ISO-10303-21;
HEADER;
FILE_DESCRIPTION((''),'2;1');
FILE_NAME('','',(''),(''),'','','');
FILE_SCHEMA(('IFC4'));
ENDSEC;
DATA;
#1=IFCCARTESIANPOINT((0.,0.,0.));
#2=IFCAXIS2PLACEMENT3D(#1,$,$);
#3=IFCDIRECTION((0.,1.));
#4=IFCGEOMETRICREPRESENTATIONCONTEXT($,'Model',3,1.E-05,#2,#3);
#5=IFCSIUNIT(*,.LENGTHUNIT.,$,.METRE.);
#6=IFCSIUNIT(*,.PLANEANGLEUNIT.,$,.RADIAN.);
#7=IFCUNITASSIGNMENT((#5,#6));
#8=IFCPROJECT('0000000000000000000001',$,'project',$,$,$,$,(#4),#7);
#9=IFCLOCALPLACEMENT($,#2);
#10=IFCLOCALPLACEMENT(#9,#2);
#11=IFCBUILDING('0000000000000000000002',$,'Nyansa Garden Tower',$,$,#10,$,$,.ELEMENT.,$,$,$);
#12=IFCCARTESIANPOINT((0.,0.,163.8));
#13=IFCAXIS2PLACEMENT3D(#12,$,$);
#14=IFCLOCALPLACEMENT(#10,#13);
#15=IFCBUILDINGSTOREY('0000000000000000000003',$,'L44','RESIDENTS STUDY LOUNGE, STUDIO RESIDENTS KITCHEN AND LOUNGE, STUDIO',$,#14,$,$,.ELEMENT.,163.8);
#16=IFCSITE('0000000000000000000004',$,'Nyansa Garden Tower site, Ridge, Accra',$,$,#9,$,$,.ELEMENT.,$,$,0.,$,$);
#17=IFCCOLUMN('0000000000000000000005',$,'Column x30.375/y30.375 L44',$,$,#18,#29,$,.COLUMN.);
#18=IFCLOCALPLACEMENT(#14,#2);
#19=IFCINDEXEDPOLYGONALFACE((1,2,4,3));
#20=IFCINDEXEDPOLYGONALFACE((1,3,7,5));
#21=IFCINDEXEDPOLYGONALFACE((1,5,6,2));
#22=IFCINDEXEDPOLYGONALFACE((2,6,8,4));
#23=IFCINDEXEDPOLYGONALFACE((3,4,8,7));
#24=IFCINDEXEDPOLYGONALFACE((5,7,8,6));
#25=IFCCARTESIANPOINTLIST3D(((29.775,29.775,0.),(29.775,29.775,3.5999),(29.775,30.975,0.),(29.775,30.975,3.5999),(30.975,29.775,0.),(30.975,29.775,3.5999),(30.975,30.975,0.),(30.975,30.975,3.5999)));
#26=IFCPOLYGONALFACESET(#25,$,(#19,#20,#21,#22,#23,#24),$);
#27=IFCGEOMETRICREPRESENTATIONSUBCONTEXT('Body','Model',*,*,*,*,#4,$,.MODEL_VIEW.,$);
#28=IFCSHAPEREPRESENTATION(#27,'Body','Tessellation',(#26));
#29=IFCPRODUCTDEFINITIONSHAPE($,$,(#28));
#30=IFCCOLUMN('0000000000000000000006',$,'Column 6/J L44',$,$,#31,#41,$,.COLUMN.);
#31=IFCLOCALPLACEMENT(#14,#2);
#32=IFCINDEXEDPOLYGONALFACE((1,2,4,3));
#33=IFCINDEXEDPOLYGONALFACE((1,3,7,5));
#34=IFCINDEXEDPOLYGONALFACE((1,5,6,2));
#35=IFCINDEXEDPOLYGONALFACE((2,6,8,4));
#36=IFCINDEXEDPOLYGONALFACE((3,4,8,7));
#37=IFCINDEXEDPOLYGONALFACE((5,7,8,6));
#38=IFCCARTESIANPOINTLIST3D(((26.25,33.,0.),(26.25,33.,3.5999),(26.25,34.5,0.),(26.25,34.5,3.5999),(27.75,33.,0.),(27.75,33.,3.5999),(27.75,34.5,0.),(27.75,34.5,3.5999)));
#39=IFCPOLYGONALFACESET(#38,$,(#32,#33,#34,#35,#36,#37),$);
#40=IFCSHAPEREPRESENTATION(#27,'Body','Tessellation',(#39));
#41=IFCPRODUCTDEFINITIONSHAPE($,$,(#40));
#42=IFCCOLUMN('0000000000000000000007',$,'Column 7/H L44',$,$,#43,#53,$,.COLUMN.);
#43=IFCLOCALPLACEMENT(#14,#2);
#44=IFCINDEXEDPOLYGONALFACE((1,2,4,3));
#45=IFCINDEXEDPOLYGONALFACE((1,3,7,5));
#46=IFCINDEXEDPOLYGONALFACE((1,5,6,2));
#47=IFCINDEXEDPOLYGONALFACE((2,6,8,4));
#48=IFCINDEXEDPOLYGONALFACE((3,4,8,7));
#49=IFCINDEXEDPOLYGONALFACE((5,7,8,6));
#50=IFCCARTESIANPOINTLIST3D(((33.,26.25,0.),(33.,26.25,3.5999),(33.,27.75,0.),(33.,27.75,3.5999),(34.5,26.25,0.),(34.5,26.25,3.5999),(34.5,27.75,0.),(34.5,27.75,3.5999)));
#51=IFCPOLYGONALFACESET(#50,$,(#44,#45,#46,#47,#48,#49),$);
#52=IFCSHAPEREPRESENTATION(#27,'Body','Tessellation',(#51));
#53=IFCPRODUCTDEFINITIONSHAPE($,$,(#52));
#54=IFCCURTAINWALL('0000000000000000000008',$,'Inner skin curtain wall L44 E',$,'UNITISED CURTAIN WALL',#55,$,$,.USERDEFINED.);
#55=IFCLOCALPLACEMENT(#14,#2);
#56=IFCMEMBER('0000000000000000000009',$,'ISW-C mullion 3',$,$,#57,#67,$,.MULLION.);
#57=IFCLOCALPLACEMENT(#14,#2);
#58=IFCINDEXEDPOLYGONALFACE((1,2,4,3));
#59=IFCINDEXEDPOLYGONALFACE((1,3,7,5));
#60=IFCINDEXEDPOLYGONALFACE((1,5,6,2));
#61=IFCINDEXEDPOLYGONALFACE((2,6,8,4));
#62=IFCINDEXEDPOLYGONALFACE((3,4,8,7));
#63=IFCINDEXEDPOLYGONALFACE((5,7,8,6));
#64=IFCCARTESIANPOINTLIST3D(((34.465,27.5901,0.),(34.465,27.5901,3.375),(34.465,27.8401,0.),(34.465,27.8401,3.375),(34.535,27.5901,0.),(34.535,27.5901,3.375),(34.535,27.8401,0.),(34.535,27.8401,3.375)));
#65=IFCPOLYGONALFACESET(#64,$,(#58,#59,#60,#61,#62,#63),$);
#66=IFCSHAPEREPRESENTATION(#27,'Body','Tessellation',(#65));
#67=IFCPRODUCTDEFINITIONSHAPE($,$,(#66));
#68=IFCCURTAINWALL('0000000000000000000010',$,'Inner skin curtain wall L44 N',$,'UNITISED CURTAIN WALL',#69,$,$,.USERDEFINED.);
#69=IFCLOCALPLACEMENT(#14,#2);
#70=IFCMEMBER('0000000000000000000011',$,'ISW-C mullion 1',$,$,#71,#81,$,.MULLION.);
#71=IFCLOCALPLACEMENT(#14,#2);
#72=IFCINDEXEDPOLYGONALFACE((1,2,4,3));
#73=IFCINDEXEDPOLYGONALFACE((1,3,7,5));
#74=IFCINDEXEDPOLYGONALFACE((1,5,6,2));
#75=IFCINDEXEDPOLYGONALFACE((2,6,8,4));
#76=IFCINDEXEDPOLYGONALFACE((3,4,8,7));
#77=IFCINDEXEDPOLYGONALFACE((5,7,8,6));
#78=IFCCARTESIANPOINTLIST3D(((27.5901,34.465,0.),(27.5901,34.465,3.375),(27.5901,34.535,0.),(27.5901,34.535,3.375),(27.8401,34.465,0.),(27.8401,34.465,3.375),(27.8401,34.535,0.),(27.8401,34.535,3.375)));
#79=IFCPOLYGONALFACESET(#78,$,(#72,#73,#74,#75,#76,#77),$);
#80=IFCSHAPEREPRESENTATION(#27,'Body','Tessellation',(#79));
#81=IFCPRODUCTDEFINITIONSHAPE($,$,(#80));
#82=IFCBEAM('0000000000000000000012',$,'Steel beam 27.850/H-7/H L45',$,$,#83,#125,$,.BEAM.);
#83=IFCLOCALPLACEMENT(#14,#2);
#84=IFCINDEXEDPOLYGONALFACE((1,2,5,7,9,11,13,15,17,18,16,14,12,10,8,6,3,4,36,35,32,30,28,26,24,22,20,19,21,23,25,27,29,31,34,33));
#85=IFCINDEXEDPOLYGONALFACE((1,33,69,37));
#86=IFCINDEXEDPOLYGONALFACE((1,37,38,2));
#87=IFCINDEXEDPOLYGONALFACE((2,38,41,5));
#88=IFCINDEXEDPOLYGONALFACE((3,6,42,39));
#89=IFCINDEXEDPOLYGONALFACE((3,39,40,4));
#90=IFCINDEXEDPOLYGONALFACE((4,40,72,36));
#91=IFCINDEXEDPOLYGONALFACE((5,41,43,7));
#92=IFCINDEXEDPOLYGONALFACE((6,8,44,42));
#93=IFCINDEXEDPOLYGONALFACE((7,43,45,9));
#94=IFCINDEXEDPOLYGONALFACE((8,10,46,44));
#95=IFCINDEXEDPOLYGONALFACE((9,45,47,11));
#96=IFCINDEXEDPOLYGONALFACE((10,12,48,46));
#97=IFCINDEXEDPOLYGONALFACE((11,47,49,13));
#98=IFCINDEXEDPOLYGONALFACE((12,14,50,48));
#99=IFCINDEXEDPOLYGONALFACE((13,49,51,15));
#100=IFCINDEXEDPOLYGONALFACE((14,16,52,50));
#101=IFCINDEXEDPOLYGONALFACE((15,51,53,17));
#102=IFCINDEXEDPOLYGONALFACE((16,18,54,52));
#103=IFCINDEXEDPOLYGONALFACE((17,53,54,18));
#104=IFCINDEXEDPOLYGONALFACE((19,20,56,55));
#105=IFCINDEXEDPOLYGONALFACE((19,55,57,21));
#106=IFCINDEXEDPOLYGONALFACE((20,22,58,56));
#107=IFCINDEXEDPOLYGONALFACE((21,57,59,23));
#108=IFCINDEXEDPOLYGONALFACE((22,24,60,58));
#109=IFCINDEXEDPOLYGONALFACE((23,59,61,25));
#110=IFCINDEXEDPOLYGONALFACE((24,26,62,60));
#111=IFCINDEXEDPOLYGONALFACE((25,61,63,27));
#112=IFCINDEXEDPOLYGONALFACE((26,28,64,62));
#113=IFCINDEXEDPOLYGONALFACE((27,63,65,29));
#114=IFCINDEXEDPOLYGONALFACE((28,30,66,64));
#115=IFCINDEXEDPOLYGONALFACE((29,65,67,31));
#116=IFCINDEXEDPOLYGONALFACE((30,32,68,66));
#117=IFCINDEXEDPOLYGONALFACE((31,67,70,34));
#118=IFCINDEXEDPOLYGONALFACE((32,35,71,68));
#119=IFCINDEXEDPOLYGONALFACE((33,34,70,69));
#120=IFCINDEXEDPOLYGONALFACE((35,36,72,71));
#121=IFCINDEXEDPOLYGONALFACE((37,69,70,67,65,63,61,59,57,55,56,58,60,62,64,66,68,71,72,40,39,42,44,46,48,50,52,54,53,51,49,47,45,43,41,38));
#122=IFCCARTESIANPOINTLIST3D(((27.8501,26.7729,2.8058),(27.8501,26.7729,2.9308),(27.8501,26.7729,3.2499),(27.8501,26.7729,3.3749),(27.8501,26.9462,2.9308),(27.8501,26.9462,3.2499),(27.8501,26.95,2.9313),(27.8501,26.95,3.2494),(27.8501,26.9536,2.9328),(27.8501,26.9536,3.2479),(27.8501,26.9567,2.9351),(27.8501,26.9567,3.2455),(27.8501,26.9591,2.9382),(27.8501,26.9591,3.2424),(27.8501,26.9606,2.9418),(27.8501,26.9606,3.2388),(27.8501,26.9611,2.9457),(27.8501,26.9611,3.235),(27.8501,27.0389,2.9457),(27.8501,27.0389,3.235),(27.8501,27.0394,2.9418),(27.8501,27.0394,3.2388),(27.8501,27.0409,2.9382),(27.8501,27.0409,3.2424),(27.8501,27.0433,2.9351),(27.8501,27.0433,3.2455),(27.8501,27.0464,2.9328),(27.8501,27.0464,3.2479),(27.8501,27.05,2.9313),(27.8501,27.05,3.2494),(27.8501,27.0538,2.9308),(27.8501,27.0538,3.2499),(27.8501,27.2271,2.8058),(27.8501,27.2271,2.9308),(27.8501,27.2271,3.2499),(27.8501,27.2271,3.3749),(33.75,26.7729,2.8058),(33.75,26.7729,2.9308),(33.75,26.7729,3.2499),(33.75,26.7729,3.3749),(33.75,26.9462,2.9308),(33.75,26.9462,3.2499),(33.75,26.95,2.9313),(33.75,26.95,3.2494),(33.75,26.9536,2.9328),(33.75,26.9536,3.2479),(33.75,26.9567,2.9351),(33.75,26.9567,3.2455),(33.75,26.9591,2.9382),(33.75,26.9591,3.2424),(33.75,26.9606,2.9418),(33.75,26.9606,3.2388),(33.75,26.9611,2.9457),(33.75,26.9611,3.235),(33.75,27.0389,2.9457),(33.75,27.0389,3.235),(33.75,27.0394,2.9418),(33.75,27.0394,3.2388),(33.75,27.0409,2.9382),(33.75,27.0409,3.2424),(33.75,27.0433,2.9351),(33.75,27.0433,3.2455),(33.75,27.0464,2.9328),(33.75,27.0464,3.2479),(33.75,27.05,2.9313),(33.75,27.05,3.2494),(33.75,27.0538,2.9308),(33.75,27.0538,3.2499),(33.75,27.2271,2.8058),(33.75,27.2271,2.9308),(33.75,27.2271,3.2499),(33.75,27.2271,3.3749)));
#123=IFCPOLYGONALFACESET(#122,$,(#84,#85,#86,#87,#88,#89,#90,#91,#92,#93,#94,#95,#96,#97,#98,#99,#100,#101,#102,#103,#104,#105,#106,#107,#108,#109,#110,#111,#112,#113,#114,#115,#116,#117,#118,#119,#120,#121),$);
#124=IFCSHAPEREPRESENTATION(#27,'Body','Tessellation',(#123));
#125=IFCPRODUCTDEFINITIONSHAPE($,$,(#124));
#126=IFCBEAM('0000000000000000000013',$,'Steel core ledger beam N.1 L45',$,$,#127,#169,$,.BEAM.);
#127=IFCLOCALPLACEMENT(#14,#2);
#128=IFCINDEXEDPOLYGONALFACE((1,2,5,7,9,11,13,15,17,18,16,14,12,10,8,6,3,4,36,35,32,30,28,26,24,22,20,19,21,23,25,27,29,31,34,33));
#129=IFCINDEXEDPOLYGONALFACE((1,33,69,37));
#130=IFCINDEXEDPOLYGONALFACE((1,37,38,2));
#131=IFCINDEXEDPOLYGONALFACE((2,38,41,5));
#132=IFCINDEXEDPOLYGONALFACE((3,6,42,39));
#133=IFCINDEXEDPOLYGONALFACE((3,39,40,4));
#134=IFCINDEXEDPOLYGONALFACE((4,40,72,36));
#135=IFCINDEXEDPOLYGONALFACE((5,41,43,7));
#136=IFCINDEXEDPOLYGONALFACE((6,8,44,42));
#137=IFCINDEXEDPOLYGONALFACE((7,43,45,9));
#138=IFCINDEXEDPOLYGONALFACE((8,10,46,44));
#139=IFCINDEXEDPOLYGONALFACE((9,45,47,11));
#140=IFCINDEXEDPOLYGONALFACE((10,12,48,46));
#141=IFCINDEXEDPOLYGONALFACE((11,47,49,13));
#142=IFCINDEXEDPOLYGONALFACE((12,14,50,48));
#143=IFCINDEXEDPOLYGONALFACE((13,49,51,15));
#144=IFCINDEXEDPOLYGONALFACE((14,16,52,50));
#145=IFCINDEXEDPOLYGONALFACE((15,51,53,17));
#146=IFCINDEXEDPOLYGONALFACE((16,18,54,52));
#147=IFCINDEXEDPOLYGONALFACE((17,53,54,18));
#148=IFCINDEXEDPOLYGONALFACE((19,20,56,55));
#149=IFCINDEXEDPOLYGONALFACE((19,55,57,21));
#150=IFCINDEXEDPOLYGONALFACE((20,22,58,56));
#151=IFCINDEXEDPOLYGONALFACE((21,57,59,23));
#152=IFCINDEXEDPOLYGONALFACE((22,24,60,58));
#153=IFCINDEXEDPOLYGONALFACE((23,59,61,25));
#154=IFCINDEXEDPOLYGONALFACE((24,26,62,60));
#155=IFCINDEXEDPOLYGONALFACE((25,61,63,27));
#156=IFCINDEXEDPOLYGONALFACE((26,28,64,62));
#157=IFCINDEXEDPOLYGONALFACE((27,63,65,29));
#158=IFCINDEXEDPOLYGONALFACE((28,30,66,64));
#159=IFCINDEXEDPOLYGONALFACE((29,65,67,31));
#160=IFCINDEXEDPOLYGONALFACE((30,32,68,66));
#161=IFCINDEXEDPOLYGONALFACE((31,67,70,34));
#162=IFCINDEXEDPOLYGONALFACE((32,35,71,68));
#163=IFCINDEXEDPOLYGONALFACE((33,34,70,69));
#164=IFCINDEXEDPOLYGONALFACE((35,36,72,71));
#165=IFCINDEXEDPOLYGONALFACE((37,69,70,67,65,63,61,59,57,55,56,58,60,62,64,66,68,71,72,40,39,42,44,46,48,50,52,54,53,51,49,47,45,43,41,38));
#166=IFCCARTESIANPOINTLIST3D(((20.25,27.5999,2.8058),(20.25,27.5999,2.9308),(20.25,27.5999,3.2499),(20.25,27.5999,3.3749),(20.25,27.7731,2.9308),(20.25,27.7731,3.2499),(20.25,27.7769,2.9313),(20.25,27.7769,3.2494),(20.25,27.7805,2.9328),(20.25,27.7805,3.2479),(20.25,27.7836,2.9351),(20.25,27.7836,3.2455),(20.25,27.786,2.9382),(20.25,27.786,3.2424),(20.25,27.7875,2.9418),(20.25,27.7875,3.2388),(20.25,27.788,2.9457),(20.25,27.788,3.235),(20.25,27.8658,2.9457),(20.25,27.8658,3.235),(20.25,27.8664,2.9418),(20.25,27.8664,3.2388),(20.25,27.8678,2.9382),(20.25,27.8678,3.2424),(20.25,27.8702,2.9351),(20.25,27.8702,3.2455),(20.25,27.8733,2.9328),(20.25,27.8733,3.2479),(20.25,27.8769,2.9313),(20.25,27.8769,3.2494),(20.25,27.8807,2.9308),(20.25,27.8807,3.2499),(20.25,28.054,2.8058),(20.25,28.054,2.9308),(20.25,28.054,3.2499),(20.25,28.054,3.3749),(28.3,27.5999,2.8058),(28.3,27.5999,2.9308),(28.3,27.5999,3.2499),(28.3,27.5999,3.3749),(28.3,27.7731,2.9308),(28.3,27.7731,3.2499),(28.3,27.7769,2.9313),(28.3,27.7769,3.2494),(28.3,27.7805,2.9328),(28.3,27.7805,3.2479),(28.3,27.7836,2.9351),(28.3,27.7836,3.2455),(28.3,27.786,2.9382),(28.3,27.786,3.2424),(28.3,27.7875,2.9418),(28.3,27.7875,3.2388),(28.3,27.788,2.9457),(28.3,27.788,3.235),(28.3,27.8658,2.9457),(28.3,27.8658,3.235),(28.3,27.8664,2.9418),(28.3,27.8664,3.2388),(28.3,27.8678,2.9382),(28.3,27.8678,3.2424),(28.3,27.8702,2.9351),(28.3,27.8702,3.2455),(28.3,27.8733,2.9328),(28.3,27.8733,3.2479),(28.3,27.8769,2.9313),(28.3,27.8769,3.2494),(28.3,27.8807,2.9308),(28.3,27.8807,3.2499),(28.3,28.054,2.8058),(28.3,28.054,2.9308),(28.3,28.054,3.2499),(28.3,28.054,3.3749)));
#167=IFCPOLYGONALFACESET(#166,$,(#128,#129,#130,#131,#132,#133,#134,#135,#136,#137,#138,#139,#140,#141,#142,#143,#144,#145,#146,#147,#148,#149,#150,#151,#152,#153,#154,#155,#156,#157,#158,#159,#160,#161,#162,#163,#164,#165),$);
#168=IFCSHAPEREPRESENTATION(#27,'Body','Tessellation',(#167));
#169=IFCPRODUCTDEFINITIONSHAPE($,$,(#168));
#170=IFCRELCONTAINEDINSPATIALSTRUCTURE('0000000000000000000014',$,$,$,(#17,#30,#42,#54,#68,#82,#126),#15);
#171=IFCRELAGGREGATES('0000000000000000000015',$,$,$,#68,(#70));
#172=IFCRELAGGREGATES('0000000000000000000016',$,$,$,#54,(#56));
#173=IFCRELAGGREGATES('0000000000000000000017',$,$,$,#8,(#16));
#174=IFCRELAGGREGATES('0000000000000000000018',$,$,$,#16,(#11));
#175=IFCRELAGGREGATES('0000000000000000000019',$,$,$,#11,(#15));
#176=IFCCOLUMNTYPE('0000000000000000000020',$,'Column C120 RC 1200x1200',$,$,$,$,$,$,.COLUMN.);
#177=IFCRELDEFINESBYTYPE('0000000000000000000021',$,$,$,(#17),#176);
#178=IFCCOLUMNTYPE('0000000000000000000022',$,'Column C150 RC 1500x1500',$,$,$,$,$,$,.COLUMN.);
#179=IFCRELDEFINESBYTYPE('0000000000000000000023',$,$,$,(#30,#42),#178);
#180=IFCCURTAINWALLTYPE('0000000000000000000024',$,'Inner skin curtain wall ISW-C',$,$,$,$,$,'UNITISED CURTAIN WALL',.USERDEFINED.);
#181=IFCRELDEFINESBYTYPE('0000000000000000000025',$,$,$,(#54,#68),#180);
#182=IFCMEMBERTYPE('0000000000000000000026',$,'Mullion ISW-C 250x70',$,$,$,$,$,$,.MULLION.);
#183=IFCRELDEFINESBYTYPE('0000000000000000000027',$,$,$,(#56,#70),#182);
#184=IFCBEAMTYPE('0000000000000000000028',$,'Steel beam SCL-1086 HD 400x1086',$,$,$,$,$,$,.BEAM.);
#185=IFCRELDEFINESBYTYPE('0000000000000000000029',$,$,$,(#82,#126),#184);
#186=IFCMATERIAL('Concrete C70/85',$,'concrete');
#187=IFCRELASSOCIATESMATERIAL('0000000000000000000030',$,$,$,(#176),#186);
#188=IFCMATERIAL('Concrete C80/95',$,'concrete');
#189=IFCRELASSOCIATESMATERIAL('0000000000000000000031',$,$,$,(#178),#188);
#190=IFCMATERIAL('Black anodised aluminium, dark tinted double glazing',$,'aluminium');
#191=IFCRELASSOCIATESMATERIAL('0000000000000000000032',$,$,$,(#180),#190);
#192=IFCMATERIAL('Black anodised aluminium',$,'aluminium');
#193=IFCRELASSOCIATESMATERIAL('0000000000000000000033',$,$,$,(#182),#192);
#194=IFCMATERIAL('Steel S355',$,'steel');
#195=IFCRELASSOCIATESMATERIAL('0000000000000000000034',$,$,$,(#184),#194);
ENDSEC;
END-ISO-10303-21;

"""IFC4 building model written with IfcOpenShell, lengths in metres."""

from ifc_helpers import new_model, si_unit, direction, frame, origin, origin_2d, place, context, subcontext, project, spatial, rectangle, i_section, extrude, material, material_profile, profile_set, type_object, element, aggregate, save


model = new_model("IFC4")

# Units and contexts
model_context = context("Model", 3, precision=1e-05, world=origin(), true_north=direction((0.0, 1.0)))
body_context = subcontext(model_context, "Body", "Model", "MODEL_VIEW")
ifc_project = project(units=[si_unit("LENGTHUNIT", "METRE"), si_unit("PLANEANGLEUNIT", "RADIAN")], contexts=[model_context])

# Site, building, storey
site_placement = place(None, origin())
site = spatial("IfcSite", under=ifc_project, at=site_placement, Name="Nyansa Garden Tower site, Ridge, Accra", CompositionType="ELEMENT", RefElevation=0.0)
building_placement = place(site_placement, origin())
building = spatial("IfcBuilding", under=site, at=building_placement, Name="Nyansa Garden Tower", CompositionType="ELEMENT")
storey_placement = place(building_placement, frame((0.0, 0.0, 163.8)))
storey = spatial("IfcBuildingStorey", under=building, at=storey_placement, Name="L44", Description="RESIDENTS STUDY LOUNGE, STUDIO RESIDENTS KITCHEN AND LOUNGE, STUDIO", CompositionType="ELEMENT", Elevation=163.8)

# Columns
ifc_material_1 = material(Name="Concrete C70/85", Category="concrete")
ifc_material_profile_1 = material_profile(ifc_material_1, rectangle(XDim=1.2, YDim=1.2, at=origin_2d()), Name="RC 1200x1200")
ifc_profile_set_1 = profile_set([ifc_material_profile_1], Name="Concrete C70/85")
column_type_1 = type_object("IfcColumnType", Name="Column C120 RC 1200x1200", PredefinedType="COLUMN", material=ifc_profile_set_1)
column_placement = place(storey_placement, frame((30.375, 30.375, 0.0), z_axis=(0.0, 0.0, 1.0), x_axis=(1.0, 0.0, 0.0)))
element("IfcColumn", 1, at=column_placement, inside=storey, type_object=column_type_1, Name="Column x30.375/y30.375 L44", PredefinedType="COLUMN", context=body_context, shape_type="SweptSolid", body=[
    extrude(rectangle(XDim=1.2, YDim=1.2, at=origin_2d()), origin(), (0.0, 0.0, 1.0), 3.5999),
])
ifc_material_2 = material(Name="Concrete C80/95", Category="concrete")
ifc_material_profile_2 = material_profile(ifc_material_2, rectangle(XDim=1.5, YDim=1.5, at=origin_2d()), Name="RC 1500x1500")
ifc_profile_set_2 = profile_set([ifc_material_profile_2], Name="Concrete C80/95")
column_type_2 = type_object("IfcColumnType", Name="Column C150 RC 1500x1500", PredefinedType="COLUMN", material=ifc_profile_set_2)
for number, where, z_axis, x_axis, name in (
    (2, (27.0, 33.75, 0.0), (0.0, 0.0, 1.0), (1.0, 0.0, 0.0), "Column 6/J L44"),
    (3, (33.75, 27.0, 0.0), (0.0, 0.0, 1.0), (1.0, 0.0, 0.0), "Column 7/H L44"),
):
    element("IfcColumn", number, at=place(storey_placement, frame(where, z_axis=z_axis, x_axis=x_axis)), inside=storey, type_object=column_type_2, Name=name, PredefinedType="COLUMN", context=body_context, shape_type="SweptSolid", body=[
        extrude(rectangle(XDim=1.5, YDim=1.5, at=origin_2d()), origin(), (0.0, 0.0, 1.0), 3.5999),
    ])

# Curtain walls, members
ifc_material_3 = material(Name="Black anodised aluminium, dark tinted double glazing", Category="aluminium")
curtain_wall_type = type_object("IfcCurtainWallType", Name="Inner skin curtain wall ISW-C", ElementType="UNITISED CURTAIN WALL", PredefinedType="USERDEFINED", material=ifc_material_3)
curtain_wall_1_placement = place(storey_placement, origin())
curtain_wall_1 = element("IfcCurtainWall", 4, at=curtain_wall_1_placement, inside=storey, type_object=curtain_wall_type, Name="Inner skin curtain wall L44 E", ObjectType="UNITISED CURTAIN WALL", PredefinedType="USERDEFINED")
ifc_material_4 = material(Name="Black anodised aluminium", Category="aluminium")
ifc_material_profile_3 = material_profile(ifc_material_4, rectangle(XDim=0.0701, YDim=0.25, at=origin_2d()), Name="Mullion 250x70")
ifc_profile_set_3 = profile_set([ifc_material_profile_3], Name="Black anodised aluminium")
member_type_1 = type_object("IfcMemberType", Name="Mullion ISW-C 250x70", PredefinedType="MULLION", material=ifc_profile_set_3)
member_1_placement = place(storey_placement, frame((34.5, 27.7151, 0.0), z_axis=(0.0, 0.0, 1.0), x_axis=(-1.0, 0.0, 0.0)))
member_1 = element("IfcMember", 5, at=member_1_placement, type_object=member_type_1, Name="ISW-C mullion 3", PredefinedType="MULLION", context=body_context, shape_type="SweptSolid", body=[
    extrude(rectangle(XDim=0.0701, YDim=0.25, at=origin_2d()), origin(), (0.0, 0.0, 1.0), 3.375),
])
curtain_wall_2_placement = place(storey_placement, origin())
curtain_wall_2 = element("IfcCurtainWall", 6, at=curtain_wall_2_placement, inside=storey, type_object=curtain_wall_type, Name="Inner skin curtain wall L44 N", ObjectType="UNITISED CURTAIN WALL", PredefinedType="USERDEFINED")
member_2_placement = place(storey_placement, frame((27.7151, 34.5, 0.0), z_axis=(0.0, 0.0, 1.0), x_axis=(0.0, -1.0, 0.0)))
member_2 = element("IfcMember", 7, at=member_2_placement, type_object=member_type_1, Name="ISW-C mullion 1", PredefinedType="MULLION", context=body_context, shape_type="SweptSolid", body=[
    extrude(rectangle(XDim=0.0701, YDim=0.25, at=origin_2d()), origin(), (0.0, 0.0, 1.0), 3.375),
])

# Beams
ifc_material_5 = material(Name="Steel S355", Category="steel")
ifc_material_profile_4 = material_profile(ifc_material_5, i_section(OverallWidth=0.4541, OverallDepth=0.5691, WebThickness=0.0779, FlangeThickness=0.125, FilletRadius=0.0149, at=origin_2d()), Name="HD 400x1086")
ifc_profile_set_4 = profile_set([ifc_material_profile_4], Name="Steel S355")
beam_type_1 = type_object("IfcBeamType", Name="Steel beam SCL-1086 HD 400x1086", PredefinedType="BEAM", material=ifc_profile_set_4)
beam_1_placement = place(storey_placement, frame((27.8501, 27.0, 3.0903), z_axis=(1.0, 0.0, 0.0), x_axis=(0.0, 1.0, 0.0)))
element("IfcBeam", 8, at=beam_1_placement, inside=storey, type_object=beam_type_1, Name="Steel beam 27.850/H-7/H L45", PredefinedType="BEAM", context=body_context, shape_type="SweptSolid", body=[
    extrude(i_section(OverallWidth=0.4541, OverallDepth=0.5691, WebThickness=0.0779, FlangeThickness=0.125, FilletRadius=0.0149, at=origin_2d()), origin(), (0.0, 0.0, 1.0), 5.8999),
])
beam_2_placement = place(storey_placement, frame((28.3, 27.8269, 3.0903), z_axis=(-1.0, 0.0, 0.0), x_axis=(0.0, -1.0, 0.0)))
element("IfcBeam", 9, at=beam_2_placement, inside=storey, type_object=beam_type_1, Name="Steel core ledger beam N.1 L45", PredefinedType="BEAM", context=body_context, shape_type="SweptSolid", body=[
    extrude(i_section(OverallWidth=0.4541, OverallDepth=0.5691, WebThickness=0.0779, FlangeThickness=0.125, FilletRadius=0.0149, at=origin_2d()), origin(), (0.0, 0.0, 1.0), 8.05),
])

aggregate(curtain_wall_2, [member_2])

aggregate(curtain_wall_1, [member_1])

save(model, "model.ifc")
